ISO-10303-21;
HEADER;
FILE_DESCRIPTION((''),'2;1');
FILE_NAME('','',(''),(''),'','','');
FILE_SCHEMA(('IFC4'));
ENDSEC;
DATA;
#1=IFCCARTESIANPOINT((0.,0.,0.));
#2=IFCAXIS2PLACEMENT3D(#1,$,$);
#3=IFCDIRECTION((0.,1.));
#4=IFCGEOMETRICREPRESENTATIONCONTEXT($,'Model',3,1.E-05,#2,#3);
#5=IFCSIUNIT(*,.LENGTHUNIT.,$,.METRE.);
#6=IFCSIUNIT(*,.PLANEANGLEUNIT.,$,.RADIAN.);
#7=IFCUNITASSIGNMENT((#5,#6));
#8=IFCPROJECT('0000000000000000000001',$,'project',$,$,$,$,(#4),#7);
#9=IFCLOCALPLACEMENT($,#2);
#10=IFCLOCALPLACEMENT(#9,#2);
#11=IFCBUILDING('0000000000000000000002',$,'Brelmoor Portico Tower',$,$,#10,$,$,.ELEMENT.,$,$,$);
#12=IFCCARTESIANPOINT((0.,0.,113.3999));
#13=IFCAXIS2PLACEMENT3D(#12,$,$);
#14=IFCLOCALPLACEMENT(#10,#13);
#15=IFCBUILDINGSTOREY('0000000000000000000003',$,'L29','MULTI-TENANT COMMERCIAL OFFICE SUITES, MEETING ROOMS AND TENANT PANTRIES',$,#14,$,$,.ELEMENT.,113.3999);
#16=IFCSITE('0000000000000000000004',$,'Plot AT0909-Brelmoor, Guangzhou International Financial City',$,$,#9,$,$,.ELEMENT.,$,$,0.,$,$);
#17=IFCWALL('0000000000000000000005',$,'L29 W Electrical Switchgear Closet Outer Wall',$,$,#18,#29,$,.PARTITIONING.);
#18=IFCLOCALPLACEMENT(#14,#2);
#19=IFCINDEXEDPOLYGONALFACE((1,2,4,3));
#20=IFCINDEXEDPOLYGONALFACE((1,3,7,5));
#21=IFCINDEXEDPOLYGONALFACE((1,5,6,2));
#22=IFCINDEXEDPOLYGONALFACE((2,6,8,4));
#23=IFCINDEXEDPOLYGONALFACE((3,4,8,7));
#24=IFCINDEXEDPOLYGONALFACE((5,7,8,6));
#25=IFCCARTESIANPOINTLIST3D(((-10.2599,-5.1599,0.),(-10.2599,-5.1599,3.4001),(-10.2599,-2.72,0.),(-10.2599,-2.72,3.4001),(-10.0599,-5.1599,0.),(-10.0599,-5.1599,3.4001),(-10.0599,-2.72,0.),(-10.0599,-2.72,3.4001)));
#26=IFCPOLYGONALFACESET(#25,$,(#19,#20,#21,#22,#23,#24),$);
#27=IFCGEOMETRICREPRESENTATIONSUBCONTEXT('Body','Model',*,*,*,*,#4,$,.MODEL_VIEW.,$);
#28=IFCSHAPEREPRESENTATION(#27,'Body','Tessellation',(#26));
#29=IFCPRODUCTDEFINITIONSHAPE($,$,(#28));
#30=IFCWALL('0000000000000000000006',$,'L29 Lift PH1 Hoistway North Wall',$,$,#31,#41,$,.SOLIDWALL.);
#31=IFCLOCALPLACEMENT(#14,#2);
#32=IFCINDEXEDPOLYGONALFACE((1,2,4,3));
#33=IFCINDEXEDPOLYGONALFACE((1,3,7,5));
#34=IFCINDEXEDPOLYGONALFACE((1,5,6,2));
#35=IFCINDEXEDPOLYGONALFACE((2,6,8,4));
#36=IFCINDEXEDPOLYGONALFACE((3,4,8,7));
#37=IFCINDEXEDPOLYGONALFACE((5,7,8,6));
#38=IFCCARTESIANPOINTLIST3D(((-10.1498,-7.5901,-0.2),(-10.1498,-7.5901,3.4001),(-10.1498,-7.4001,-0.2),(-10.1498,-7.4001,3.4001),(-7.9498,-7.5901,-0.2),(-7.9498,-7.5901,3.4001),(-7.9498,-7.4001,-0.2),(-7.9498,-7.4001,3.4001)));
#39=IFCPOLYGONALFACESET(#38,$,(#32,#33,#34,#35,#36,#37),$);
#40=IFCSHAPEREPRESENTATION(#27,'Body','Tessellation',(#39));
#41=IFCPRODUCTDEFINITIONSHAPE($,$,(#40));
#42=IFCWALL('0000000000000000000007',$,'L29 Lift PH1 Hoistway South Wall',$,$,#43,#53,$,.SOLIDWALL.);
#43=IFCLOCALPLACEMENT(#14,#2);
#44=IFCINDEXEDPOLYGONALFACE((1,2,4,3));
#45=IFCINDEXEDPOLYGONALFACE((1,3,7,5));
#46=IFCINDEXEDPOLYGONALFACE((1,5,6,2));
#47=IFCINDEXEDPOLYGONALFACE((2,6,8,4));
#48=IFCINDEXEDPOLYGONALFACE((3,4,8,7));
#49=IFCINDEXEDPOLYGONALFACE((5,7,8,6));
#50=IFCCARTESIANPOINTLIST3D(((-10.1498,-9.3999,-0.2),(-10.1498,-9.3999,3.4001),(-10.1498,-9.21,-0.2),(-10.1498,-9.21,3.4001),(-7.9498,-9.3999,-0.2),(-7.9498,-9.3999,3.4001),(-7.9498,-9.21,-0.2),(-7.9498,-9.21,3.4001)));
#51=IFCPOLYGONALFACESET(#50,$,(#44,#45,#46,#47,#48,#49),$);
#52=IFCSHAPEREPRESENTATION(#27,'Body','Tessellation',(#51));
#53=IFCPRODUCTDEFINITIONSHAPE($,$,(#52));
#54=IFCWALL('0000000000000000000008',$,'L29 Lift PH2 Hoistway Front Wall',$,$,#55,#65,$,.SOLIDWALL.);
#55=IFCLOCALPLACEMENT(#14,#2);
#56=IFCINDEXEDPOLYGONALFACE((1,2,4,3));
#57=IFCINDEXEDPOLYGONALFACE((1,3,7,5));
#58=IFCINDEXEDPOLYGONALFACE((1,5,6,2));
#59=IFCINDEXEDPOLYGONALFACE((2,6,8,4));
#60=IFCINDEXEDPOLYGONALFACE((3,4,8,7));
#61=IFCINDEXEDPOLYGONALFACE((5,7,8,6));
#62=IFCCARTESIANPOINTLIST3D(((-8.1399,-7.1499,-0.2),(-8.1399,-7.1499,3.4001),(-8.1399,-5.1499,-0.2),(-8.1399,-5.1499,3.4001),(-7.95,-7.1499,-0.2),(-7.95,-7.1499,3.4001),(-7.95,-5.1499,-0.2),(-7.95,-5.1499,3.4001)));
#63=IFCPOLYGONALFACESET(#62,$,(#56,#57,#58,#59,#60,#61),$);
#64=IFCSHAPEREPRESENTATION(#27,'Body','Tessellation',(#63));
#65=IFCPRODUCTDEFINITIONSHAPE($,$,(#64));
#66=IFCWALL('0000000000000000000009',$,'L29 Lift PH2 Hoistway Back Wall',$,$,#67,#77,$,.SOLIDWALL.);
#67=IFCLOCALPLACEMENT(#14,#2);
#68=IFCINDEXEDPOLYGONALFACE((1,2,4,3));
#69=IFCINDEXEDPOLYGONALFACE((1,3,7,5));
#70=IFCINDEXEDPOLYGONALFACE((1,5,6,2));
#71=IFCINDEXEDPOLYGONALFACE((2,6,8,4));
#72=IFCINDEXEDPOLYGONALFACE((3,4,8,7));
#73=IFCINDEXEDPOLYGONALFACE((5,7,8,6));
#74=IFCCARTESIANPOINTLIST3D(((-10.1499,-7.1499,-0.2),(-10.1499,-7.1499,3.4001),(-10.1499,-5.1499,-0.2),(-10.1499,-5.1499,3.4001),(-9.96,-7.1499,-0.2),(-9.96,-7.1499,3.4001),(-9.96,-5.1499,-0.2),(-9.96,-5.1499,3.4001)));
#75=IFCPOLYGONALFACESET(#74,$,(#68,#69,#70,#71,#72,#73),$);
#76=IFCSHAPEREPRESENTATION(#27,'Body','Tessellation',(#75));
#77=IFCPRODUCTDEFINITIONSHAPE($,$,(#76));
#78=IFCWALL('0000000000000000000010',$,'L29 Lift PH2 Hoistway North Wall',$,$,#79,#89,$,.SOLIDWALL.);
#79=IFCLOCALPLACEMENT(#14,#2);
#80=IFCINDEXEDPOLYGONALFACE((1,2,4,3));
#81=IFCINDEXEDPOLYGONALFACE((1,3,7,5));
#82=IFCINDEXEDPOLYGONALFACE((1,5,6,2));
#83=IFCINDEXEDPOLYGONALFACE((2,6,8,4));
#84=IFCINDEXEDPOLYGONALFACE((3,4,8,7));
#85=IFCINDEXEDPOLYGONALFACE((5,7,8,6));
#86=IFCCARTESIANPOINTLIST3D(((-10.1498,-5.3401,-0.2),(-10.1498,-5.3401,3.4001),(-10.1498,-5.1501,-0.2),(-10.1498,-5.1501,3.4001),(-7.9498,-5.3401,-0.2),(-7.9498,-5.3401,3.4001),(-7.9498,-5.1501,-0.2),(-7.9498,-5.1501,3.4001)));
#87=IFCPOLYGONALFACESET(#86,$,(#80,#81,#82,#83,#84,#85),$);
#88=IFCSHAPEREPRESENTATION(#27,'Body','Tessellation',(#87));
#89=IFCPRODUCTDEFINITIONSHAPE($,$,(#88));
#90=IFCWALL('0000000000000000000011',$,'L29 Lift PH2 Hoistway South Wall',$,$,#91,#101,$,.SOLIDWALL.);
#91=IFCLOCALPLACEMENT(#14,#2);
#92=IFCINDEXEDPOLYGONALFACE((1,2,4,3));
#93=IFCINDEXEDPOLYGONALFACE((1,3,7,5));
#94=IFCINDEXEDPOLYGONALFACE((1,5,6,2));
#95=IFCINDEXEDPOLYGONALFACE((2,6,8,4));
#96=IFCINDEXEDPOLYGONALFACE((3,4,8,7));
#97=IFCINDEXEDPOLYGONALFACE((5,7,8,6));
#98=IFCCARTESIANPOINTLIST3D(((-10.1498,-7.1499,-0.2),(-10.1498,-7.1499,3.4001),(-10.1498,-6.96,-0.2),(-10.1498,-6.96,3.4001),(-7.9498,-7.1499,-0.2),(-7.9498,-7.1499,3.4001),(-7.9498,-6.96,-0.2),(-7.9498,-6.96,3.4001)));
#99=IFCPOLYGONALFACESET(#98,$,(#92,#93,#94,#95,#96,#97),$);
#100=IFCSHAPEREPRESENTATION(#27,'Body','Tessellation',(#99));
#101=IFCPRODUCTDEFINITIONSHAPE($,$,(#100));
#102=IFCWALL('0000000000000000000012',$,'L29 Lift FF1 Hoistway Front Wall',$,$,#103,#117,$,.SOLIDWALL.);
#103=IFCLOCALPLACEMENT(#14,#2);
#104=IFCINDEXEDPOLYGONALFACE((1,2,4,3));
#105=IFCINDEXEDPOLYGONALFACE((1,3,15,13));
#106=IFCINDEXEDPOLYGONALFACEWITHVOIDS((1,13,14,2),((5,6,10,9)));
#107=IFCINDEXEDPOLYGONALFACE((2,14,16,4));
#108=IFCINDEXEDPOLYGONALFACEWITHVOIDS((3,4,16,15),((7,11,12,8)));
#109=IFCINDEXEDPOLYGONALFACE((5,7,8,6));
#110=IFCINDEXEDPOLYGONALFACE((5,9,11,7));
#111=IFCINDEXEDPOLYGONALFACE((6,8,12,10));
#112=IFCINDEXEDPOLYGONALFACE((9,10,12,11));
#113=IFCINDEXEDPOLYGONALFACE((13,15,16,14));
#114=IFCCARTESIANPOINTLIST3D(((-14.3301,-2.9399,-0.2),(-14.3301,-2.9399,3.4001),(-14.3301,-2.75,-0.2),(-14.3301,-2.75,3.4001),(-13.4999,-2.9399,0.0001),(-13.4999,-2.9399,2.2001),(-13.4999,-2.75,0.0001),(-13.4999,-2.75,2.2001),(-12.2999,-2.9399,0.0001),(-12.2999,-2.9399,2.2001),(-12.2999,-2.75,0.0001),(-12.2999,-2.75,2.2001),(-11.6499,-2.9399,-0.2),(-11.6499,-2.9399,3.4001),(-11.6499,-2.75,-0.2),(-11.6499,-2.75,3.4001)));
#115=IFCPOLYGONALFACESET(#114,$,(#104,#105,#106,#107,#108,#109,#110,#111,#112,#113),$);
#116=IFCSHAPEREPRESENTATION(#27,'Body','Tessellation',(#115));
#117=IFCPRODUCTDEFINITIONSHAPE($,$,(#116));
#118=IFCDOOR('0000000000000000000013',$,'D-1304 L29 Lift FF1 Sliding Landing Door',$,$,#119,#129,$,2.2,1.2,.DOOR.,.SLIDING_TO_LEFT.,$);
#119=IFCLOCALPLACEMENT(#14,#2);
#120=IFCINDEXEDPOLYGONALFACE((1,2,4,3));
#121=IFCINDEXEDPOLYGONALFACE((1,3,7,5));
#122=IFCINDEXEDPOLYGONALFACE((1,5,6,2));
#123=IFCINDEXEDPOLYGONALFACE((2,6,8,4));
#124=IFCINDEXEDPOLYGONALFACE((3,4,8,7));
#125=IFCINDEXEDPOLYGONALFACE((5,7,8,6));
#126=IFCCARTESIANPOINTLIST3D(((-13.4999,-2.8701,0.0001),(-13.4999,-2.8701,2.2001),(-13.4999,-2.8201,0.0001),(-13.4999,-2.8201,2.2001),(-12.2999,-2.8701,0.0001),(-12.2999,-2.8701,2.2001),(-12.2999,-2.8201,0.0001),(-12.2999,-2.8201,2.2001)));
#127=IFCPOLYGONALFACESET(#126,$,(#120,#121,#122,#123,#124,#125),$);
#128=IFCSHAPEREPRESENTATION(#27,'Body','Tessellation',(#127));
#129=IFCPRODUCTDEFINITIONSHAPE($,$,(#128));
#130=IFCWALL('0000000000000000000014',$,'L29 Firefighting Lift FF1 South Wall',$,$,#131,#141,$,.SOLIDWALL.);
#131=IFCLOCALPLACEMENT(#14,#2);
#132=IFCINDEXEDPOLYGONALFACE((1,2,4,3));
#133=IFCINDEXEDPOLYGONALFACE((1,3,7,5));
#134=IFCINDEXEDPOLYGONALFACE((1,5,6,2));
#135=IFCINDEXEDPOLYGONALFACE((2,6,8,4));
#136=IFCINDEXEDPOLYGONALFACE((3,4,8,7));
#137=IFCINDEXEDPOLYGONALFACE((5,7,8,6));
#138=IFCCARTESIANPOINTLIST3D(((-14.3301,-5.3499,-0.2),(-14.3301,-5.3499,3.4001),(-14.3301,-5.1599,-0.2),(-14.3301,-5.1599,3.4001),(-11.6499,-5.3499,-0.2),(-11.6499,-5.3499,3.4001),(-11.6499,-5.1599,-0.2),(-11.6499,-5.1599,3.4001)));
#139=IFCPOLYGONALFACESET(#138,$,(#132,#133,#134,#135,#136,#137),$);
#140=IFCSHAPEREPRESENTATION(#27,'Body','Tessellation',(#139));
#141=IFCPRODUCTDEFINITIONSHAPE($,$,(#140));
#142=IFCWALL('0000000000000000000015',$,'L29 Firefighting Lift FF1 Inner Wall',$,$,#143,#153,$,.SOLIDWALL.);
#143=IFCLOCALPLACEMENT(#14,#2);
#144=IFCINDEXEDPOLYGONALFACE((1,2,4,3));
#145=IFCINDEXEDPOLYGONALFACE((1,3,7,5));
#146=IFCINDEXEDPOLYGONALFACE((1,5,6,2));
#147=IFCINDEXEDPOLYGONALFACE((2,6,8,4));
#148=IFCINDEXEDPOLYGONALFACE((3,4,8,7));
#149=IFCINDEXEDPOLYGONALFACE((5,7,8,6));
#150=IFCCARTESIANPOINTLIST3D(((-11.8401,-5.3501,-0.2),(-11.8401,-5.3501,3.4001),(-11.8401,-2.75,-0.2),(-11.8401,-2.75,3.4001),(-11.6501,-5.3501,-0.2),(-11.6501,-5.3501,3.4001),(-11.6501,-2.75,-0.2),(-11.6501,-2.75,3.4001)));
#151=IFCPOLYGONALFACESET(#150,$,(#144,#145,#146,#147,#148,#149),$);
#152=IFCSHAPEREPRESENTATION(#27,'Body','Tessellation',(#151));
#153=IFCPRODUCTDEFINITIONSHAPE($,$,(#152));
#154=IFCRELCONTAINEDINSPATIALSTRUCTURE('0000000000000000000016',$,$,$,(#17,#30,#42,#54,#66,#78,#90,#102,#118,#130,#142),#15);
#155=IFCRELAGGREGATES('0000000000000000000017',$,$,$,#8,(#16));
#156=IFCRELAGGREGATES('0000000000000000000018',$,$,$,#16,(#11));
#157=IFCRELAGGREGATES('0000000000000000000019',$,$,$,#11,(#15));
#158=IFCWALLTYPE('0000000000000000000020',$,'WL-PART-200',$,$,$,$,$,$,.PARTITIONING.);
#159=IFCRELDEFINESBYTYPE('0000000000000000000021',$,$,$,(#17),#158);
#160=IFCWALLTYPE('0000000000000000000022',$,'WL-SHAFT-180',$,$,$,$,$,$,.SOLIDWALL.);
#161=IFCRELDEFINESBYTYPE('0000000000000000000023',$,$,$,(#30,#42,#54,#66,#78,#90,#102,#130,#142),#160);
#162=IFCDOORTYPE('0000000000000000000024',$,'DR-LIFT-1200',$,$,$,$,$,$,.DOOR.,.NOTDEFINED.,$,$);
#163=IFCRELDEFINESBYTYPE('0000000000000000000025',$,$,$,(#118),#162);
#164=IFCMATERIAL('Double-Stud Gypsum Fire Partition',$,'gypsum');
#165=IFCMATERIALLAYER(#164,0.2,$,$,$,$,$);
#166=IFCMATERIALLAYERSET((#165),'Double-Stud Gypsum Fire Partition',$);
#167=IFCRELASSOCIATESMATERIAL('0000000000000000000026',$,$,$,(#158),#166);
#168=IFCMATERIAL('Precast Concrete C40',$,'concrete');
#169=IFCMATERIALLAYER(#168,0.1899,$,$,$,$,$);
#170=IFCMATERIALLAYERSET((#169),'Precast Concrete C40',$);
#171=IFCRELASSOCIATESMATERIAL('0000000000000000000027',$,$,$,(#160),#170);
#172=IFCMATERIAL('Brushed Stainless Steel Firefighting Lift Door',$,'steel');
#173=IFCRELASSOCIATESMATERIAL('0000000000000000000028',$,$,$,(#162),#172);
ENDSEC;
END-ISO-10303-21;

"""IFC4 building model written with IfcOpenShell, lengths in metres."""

from ifc_helpers import new_model, si_unit, direction, frame, frame_2d, origin, place, context, subcontext, project, spatial, rectangle, extrude, material, layer, layer_set, type_object, element, fill, save


model = new_model("IFC4")

# Units and contexts
model_context = context("Model", 3, precision=1e-05, world=origin(), true_north=direction((0.0, 1.0)))
body_context = subcontext(model_context, "Body", "Model", "MODEL_VIEW")
ifc_project = project(units=[si_unit("LENGTHUNIT", "METRE"), si_unit("PLANEANGLEUNIT", "RADIAN")], contexts=[model_context])

# Site, building, storey
site_placement = place(None, origin())
site = spatial("IfcSite", under=ifc_project, at=site_placement, Name="Plot AT0909-Brelmoor, Guangzhou International Financial City", CompositionType="ELEMENT", RefElevation=0.0)
building_placement = place(site_placement, origin())
building = spatial("IfcBuilding", under=site, at=building_placement, Name="Brelmoor Portico Tower", CompositionType="ELEMENT")
storey_placement = place(building_placement, frame((0.0, 0.0, 113.3999)))
storey = spatial("IfcBuildingStorey", under=building, at=storey_placement, Name="L29", Description="MULTI-TENANT COMMERCIAL OFFICE SUITES, MEETING ROOMS AND TENANT PANTRIES", CompositionType="ELEMENT", Elevation=113.3999)

# Shared definitions
ifc_material_1 = material(Name="Double-Stud Gypsum Fire Partition", Category="gypsum")
ifc_layer_1 = layer(ifc_material_1, 0.2)
ifc_layer_set_1 = layer_set([ifc_layer_1], Name="Double-Stud Gypsum Fire Partition")
wall_type_1 = type_object("IfcWallType", Name="WL-PART-200", PredefinedType="PARTITIONING", material=ifc_layer_set_1)

# Walls
for number, where, z_axis, x_axis, name in (
    (1, (-10.1599, -5.1599, 0.0), (0.0, 0.0, 1.0), (0.0, 1.0, 0.0), "L29 W Electrical Switchgear Closet Outer Wall"),
):
    element("IfcWall", number, at=place(storey_placement, frame(where, z_axis=z_axis, x_axis=x_axis)), inside=storey, type_object=wall_type_1, Name=name, PredefinedType="PARTITIONING", context=body_context, shape_type="SweptSolid", body=[
        extrude(rectangle(XDim=2.4399, YDim=0.2, at=frame_2d((1.22, 0.0))), origin(), (0.0, 0.0, 1.0), 3.4001),
    ])
ifc_material_2 = material(Name="Precast Concrete C40", Category="concrete")
ifc_layer_2 = layer(ifc_material_2, 0.1899)
ifc_layer_set_2 = layer_set([ifc_layer_2], Name="Precast Concrete C40")
wall_type_2 = type_object("IfcWallType", Name="WL-SHAFT-180", PredefinedType="SOLIDWALL", material=ifc_layer_set_2)
for number, where, z_axis, x_axis, name in (
    (2, (-10.1499, -7.4951, -0.2), (0.0, 0.0, 1.0), (1.0, 0.0, 0.0), "L29 Lift PH1 Hoistway North Wall"),
    (3, (-10.1499, -9.3049, -0.2), (0.0, 0.0, 1.0), (1.0, 0.0, 0.0), "L29 Lift PH1 Hoistway South Wall"),
):
    element("IfcWall", number, at=place(storey_placement, frame(where, z_axis=z_axis, x_axis=x_axis)), inside=storey, type_object=wall_type_2, Name=name, PredefinedType="SOLIDWALL", context=body_context, shape_type="SweptSolid", body=[
        extrude(rectangle(XDim=2.2, YDim=0.1899, at=frame_2d((1.1001, 0.0))), origin(), (0.0, 0.0, 1.0), 3.6001),
    ])
for number, where, z_axis, x_axis, name in (
    (4, (-8.0449, -7.1499, -0.2), (0.0, 0.0, 1.0), (0.0, 1.0, 0.0), "L29 Lift PH2 Hoistway Front Wall"),
    (5, (-10.0549, -7.1499, -0.2), (0.0, 0.0, 1.0), (0.0, 1.0, 0.0), "L29 Lift PH2 Hoistway Back Wall"),
):
    element("IfcWall", number, at=place(storey_placement, frame(where, z_axis=z_axis, x_axis=x_axis)), inside=storey, type_object=wall_type_2, Name=name, PredefinedType="SOLIDWALL", context=body_context, shape_type="SweptSolid", body=[
        extrude(rectangle(XDim=2.0, YDim=0.1899, at=frame_2d((1.0, 0.0))), origin(), (0.0, 0.0, 1.0), 3.6001),
    ])
for number, where, z_axis, x_axis, name in (
    (6, (-10.1499, -5.2451, -0.2), (0.0, 0.0, 1.0), (1.0, 0.0, 0.0), "L29 Lift PH2 Hoistway North Wall"),
    (7, (-10.1499, -7.0549, -0.2), (0.0, 0.0, 1.0), (1.0, 0.0, 0.0), "L29 Lift PH2 Hoistway South Wall"),
):
    element("IfcWall", number, at=place(storey_placement, frame(where, z_axis=z_axis, x_axis=x_axis)), inside=storey, type_object=wall_type_2, Name=name, PredefinedType="SOLIDWALL", context=body_context, shape_type="SweptSolid", body=[
        extrude(rectangle(XDim=2.2, YDim=0.1899, at=frame_2d((1.1001, 0.0))), origin(), (0.0, 0.0, 1.0), 3.6001),
    ])

# Wall, opening, door
wall_1_placement = place(storey_placement, frame((-14.3301, -2.845, -0.2), z_axis=(0.0, 0.0, 1.0), x_axis=(1.0, 0.0, 0.0)))
wall_1 = element("IfcWall", 8, at=wall_1_placement, inside=storey, type_object=wall_type_2, Name="L29 Lift FF1 Hoistway Front Wall", PredefinedType="SOLIDWALL", context=body_context, shape_type="SweptSolid", body=[
    extrude(rectangle(XDim=2.6802, YDim=0.1899, at=frame_2d((1.3401, 0.0))), origin(), (0.0, 0.0, 1.0), 3.6001),
])
opening_1_placement = place(wall_1_placement, frame((0.8301, 0.0, 0.2)))
opening_1 = element("IfcOpeningElement", 9, at=opening_1_placement, cuts=wall_1, PredefinedType="OPENING", context=body_context, shape_type="SweptSolid", body=[
    extrude(rectangle(XDim=1.2, YDim=2.2, at=frame_2d((0.6001, 1.1001))), frame((0.0, 0.105, 0.0), z_axis=(0.0, -1.0, 0.0), x_axis=(1.0, 0.0, 0.0)), (0.0, 0.0, 1.0), 0.21),
])
ifc_material_3 = material(Name="Brushed Stainless Steel Firefighting Lift Door", Category="steel")
door_type_1 = type_object("IfcDoorType", Name="DR-LIFT-1200", OperationType="NOTDEFINED", PredefinedType="DOOR", material=ifc_material_3)
door_1_placement = place(opening_1_placement, origin())
door_1 = element("IfcDoor", 10, at=door_1_placement, inside=storey, type_object=door_type_1, Name="D-1304 L29 Lift FF1 Sliding Landing Door", OperationType="SLIDING_TO_LEFT", OverallHeight=2.2, OverallWidth=1.2, PredefinedType="DOOR", context=body_context, shape_type="SweptSolid", body=[
    extrude(rectangle(XDim=1.2, YDim=2.2, at=frame_2d((0.6001, 1.1001))), frame((0.0, 0.0249, 0.0), z_axis=(0.0, -1.0, 0.0), x_axis=(1.0, 0.0, 0.0)), (0.0, 0.0, 1.0), 0.05),
])
fill(opening_1, door_1)

# Walls
wall_2_placement = place(storey_placement, frame((-14.3301, -5.2549, -0.2), z_axis=(0.0, 0.0, 1.0), x_axis=(1.0, 0.0, 0.0)))
element("IfcWall", 11, at=wall_2_placement, inside=storey, type_object=wall_type_2, Name="L29 Firefighting Lift FF1 South Wall", PredefinedType="SOLIDWALL", context=body_context, shape_type="SweptSolid", body=[
    extrude(rectangle(XDim=2.6802, YDim=0.1899, at=frame_2d((1.3401, 0.0))), origin(), (0.0, 0.0, 1.0), 3.6001),
])
wall_3_placement = place(storey_placement, frame((-11.7451, -5.3501, -0.2), z_axis=(0.0, 0.0, 1.0), x_axis=(0.0, 1.0, 0.0)))
element("IfcWall", 12, at=wall_3_placement, inside=storey, type_object=wall_type_2, Name="L29 Firefighting Lift FF1 Inner Wall", PredefinedType="SOLIDWALL", context=body_context, shape_type="SweptSolid", body=[
    extrude(rectangle(XDim=2.6001, YDim=0.1899, at=frame_2d((1.3, 0.0))), origin(), (0.0, 0.0, 1.0), 3.6001),
])

save(model, "model.ifc")
